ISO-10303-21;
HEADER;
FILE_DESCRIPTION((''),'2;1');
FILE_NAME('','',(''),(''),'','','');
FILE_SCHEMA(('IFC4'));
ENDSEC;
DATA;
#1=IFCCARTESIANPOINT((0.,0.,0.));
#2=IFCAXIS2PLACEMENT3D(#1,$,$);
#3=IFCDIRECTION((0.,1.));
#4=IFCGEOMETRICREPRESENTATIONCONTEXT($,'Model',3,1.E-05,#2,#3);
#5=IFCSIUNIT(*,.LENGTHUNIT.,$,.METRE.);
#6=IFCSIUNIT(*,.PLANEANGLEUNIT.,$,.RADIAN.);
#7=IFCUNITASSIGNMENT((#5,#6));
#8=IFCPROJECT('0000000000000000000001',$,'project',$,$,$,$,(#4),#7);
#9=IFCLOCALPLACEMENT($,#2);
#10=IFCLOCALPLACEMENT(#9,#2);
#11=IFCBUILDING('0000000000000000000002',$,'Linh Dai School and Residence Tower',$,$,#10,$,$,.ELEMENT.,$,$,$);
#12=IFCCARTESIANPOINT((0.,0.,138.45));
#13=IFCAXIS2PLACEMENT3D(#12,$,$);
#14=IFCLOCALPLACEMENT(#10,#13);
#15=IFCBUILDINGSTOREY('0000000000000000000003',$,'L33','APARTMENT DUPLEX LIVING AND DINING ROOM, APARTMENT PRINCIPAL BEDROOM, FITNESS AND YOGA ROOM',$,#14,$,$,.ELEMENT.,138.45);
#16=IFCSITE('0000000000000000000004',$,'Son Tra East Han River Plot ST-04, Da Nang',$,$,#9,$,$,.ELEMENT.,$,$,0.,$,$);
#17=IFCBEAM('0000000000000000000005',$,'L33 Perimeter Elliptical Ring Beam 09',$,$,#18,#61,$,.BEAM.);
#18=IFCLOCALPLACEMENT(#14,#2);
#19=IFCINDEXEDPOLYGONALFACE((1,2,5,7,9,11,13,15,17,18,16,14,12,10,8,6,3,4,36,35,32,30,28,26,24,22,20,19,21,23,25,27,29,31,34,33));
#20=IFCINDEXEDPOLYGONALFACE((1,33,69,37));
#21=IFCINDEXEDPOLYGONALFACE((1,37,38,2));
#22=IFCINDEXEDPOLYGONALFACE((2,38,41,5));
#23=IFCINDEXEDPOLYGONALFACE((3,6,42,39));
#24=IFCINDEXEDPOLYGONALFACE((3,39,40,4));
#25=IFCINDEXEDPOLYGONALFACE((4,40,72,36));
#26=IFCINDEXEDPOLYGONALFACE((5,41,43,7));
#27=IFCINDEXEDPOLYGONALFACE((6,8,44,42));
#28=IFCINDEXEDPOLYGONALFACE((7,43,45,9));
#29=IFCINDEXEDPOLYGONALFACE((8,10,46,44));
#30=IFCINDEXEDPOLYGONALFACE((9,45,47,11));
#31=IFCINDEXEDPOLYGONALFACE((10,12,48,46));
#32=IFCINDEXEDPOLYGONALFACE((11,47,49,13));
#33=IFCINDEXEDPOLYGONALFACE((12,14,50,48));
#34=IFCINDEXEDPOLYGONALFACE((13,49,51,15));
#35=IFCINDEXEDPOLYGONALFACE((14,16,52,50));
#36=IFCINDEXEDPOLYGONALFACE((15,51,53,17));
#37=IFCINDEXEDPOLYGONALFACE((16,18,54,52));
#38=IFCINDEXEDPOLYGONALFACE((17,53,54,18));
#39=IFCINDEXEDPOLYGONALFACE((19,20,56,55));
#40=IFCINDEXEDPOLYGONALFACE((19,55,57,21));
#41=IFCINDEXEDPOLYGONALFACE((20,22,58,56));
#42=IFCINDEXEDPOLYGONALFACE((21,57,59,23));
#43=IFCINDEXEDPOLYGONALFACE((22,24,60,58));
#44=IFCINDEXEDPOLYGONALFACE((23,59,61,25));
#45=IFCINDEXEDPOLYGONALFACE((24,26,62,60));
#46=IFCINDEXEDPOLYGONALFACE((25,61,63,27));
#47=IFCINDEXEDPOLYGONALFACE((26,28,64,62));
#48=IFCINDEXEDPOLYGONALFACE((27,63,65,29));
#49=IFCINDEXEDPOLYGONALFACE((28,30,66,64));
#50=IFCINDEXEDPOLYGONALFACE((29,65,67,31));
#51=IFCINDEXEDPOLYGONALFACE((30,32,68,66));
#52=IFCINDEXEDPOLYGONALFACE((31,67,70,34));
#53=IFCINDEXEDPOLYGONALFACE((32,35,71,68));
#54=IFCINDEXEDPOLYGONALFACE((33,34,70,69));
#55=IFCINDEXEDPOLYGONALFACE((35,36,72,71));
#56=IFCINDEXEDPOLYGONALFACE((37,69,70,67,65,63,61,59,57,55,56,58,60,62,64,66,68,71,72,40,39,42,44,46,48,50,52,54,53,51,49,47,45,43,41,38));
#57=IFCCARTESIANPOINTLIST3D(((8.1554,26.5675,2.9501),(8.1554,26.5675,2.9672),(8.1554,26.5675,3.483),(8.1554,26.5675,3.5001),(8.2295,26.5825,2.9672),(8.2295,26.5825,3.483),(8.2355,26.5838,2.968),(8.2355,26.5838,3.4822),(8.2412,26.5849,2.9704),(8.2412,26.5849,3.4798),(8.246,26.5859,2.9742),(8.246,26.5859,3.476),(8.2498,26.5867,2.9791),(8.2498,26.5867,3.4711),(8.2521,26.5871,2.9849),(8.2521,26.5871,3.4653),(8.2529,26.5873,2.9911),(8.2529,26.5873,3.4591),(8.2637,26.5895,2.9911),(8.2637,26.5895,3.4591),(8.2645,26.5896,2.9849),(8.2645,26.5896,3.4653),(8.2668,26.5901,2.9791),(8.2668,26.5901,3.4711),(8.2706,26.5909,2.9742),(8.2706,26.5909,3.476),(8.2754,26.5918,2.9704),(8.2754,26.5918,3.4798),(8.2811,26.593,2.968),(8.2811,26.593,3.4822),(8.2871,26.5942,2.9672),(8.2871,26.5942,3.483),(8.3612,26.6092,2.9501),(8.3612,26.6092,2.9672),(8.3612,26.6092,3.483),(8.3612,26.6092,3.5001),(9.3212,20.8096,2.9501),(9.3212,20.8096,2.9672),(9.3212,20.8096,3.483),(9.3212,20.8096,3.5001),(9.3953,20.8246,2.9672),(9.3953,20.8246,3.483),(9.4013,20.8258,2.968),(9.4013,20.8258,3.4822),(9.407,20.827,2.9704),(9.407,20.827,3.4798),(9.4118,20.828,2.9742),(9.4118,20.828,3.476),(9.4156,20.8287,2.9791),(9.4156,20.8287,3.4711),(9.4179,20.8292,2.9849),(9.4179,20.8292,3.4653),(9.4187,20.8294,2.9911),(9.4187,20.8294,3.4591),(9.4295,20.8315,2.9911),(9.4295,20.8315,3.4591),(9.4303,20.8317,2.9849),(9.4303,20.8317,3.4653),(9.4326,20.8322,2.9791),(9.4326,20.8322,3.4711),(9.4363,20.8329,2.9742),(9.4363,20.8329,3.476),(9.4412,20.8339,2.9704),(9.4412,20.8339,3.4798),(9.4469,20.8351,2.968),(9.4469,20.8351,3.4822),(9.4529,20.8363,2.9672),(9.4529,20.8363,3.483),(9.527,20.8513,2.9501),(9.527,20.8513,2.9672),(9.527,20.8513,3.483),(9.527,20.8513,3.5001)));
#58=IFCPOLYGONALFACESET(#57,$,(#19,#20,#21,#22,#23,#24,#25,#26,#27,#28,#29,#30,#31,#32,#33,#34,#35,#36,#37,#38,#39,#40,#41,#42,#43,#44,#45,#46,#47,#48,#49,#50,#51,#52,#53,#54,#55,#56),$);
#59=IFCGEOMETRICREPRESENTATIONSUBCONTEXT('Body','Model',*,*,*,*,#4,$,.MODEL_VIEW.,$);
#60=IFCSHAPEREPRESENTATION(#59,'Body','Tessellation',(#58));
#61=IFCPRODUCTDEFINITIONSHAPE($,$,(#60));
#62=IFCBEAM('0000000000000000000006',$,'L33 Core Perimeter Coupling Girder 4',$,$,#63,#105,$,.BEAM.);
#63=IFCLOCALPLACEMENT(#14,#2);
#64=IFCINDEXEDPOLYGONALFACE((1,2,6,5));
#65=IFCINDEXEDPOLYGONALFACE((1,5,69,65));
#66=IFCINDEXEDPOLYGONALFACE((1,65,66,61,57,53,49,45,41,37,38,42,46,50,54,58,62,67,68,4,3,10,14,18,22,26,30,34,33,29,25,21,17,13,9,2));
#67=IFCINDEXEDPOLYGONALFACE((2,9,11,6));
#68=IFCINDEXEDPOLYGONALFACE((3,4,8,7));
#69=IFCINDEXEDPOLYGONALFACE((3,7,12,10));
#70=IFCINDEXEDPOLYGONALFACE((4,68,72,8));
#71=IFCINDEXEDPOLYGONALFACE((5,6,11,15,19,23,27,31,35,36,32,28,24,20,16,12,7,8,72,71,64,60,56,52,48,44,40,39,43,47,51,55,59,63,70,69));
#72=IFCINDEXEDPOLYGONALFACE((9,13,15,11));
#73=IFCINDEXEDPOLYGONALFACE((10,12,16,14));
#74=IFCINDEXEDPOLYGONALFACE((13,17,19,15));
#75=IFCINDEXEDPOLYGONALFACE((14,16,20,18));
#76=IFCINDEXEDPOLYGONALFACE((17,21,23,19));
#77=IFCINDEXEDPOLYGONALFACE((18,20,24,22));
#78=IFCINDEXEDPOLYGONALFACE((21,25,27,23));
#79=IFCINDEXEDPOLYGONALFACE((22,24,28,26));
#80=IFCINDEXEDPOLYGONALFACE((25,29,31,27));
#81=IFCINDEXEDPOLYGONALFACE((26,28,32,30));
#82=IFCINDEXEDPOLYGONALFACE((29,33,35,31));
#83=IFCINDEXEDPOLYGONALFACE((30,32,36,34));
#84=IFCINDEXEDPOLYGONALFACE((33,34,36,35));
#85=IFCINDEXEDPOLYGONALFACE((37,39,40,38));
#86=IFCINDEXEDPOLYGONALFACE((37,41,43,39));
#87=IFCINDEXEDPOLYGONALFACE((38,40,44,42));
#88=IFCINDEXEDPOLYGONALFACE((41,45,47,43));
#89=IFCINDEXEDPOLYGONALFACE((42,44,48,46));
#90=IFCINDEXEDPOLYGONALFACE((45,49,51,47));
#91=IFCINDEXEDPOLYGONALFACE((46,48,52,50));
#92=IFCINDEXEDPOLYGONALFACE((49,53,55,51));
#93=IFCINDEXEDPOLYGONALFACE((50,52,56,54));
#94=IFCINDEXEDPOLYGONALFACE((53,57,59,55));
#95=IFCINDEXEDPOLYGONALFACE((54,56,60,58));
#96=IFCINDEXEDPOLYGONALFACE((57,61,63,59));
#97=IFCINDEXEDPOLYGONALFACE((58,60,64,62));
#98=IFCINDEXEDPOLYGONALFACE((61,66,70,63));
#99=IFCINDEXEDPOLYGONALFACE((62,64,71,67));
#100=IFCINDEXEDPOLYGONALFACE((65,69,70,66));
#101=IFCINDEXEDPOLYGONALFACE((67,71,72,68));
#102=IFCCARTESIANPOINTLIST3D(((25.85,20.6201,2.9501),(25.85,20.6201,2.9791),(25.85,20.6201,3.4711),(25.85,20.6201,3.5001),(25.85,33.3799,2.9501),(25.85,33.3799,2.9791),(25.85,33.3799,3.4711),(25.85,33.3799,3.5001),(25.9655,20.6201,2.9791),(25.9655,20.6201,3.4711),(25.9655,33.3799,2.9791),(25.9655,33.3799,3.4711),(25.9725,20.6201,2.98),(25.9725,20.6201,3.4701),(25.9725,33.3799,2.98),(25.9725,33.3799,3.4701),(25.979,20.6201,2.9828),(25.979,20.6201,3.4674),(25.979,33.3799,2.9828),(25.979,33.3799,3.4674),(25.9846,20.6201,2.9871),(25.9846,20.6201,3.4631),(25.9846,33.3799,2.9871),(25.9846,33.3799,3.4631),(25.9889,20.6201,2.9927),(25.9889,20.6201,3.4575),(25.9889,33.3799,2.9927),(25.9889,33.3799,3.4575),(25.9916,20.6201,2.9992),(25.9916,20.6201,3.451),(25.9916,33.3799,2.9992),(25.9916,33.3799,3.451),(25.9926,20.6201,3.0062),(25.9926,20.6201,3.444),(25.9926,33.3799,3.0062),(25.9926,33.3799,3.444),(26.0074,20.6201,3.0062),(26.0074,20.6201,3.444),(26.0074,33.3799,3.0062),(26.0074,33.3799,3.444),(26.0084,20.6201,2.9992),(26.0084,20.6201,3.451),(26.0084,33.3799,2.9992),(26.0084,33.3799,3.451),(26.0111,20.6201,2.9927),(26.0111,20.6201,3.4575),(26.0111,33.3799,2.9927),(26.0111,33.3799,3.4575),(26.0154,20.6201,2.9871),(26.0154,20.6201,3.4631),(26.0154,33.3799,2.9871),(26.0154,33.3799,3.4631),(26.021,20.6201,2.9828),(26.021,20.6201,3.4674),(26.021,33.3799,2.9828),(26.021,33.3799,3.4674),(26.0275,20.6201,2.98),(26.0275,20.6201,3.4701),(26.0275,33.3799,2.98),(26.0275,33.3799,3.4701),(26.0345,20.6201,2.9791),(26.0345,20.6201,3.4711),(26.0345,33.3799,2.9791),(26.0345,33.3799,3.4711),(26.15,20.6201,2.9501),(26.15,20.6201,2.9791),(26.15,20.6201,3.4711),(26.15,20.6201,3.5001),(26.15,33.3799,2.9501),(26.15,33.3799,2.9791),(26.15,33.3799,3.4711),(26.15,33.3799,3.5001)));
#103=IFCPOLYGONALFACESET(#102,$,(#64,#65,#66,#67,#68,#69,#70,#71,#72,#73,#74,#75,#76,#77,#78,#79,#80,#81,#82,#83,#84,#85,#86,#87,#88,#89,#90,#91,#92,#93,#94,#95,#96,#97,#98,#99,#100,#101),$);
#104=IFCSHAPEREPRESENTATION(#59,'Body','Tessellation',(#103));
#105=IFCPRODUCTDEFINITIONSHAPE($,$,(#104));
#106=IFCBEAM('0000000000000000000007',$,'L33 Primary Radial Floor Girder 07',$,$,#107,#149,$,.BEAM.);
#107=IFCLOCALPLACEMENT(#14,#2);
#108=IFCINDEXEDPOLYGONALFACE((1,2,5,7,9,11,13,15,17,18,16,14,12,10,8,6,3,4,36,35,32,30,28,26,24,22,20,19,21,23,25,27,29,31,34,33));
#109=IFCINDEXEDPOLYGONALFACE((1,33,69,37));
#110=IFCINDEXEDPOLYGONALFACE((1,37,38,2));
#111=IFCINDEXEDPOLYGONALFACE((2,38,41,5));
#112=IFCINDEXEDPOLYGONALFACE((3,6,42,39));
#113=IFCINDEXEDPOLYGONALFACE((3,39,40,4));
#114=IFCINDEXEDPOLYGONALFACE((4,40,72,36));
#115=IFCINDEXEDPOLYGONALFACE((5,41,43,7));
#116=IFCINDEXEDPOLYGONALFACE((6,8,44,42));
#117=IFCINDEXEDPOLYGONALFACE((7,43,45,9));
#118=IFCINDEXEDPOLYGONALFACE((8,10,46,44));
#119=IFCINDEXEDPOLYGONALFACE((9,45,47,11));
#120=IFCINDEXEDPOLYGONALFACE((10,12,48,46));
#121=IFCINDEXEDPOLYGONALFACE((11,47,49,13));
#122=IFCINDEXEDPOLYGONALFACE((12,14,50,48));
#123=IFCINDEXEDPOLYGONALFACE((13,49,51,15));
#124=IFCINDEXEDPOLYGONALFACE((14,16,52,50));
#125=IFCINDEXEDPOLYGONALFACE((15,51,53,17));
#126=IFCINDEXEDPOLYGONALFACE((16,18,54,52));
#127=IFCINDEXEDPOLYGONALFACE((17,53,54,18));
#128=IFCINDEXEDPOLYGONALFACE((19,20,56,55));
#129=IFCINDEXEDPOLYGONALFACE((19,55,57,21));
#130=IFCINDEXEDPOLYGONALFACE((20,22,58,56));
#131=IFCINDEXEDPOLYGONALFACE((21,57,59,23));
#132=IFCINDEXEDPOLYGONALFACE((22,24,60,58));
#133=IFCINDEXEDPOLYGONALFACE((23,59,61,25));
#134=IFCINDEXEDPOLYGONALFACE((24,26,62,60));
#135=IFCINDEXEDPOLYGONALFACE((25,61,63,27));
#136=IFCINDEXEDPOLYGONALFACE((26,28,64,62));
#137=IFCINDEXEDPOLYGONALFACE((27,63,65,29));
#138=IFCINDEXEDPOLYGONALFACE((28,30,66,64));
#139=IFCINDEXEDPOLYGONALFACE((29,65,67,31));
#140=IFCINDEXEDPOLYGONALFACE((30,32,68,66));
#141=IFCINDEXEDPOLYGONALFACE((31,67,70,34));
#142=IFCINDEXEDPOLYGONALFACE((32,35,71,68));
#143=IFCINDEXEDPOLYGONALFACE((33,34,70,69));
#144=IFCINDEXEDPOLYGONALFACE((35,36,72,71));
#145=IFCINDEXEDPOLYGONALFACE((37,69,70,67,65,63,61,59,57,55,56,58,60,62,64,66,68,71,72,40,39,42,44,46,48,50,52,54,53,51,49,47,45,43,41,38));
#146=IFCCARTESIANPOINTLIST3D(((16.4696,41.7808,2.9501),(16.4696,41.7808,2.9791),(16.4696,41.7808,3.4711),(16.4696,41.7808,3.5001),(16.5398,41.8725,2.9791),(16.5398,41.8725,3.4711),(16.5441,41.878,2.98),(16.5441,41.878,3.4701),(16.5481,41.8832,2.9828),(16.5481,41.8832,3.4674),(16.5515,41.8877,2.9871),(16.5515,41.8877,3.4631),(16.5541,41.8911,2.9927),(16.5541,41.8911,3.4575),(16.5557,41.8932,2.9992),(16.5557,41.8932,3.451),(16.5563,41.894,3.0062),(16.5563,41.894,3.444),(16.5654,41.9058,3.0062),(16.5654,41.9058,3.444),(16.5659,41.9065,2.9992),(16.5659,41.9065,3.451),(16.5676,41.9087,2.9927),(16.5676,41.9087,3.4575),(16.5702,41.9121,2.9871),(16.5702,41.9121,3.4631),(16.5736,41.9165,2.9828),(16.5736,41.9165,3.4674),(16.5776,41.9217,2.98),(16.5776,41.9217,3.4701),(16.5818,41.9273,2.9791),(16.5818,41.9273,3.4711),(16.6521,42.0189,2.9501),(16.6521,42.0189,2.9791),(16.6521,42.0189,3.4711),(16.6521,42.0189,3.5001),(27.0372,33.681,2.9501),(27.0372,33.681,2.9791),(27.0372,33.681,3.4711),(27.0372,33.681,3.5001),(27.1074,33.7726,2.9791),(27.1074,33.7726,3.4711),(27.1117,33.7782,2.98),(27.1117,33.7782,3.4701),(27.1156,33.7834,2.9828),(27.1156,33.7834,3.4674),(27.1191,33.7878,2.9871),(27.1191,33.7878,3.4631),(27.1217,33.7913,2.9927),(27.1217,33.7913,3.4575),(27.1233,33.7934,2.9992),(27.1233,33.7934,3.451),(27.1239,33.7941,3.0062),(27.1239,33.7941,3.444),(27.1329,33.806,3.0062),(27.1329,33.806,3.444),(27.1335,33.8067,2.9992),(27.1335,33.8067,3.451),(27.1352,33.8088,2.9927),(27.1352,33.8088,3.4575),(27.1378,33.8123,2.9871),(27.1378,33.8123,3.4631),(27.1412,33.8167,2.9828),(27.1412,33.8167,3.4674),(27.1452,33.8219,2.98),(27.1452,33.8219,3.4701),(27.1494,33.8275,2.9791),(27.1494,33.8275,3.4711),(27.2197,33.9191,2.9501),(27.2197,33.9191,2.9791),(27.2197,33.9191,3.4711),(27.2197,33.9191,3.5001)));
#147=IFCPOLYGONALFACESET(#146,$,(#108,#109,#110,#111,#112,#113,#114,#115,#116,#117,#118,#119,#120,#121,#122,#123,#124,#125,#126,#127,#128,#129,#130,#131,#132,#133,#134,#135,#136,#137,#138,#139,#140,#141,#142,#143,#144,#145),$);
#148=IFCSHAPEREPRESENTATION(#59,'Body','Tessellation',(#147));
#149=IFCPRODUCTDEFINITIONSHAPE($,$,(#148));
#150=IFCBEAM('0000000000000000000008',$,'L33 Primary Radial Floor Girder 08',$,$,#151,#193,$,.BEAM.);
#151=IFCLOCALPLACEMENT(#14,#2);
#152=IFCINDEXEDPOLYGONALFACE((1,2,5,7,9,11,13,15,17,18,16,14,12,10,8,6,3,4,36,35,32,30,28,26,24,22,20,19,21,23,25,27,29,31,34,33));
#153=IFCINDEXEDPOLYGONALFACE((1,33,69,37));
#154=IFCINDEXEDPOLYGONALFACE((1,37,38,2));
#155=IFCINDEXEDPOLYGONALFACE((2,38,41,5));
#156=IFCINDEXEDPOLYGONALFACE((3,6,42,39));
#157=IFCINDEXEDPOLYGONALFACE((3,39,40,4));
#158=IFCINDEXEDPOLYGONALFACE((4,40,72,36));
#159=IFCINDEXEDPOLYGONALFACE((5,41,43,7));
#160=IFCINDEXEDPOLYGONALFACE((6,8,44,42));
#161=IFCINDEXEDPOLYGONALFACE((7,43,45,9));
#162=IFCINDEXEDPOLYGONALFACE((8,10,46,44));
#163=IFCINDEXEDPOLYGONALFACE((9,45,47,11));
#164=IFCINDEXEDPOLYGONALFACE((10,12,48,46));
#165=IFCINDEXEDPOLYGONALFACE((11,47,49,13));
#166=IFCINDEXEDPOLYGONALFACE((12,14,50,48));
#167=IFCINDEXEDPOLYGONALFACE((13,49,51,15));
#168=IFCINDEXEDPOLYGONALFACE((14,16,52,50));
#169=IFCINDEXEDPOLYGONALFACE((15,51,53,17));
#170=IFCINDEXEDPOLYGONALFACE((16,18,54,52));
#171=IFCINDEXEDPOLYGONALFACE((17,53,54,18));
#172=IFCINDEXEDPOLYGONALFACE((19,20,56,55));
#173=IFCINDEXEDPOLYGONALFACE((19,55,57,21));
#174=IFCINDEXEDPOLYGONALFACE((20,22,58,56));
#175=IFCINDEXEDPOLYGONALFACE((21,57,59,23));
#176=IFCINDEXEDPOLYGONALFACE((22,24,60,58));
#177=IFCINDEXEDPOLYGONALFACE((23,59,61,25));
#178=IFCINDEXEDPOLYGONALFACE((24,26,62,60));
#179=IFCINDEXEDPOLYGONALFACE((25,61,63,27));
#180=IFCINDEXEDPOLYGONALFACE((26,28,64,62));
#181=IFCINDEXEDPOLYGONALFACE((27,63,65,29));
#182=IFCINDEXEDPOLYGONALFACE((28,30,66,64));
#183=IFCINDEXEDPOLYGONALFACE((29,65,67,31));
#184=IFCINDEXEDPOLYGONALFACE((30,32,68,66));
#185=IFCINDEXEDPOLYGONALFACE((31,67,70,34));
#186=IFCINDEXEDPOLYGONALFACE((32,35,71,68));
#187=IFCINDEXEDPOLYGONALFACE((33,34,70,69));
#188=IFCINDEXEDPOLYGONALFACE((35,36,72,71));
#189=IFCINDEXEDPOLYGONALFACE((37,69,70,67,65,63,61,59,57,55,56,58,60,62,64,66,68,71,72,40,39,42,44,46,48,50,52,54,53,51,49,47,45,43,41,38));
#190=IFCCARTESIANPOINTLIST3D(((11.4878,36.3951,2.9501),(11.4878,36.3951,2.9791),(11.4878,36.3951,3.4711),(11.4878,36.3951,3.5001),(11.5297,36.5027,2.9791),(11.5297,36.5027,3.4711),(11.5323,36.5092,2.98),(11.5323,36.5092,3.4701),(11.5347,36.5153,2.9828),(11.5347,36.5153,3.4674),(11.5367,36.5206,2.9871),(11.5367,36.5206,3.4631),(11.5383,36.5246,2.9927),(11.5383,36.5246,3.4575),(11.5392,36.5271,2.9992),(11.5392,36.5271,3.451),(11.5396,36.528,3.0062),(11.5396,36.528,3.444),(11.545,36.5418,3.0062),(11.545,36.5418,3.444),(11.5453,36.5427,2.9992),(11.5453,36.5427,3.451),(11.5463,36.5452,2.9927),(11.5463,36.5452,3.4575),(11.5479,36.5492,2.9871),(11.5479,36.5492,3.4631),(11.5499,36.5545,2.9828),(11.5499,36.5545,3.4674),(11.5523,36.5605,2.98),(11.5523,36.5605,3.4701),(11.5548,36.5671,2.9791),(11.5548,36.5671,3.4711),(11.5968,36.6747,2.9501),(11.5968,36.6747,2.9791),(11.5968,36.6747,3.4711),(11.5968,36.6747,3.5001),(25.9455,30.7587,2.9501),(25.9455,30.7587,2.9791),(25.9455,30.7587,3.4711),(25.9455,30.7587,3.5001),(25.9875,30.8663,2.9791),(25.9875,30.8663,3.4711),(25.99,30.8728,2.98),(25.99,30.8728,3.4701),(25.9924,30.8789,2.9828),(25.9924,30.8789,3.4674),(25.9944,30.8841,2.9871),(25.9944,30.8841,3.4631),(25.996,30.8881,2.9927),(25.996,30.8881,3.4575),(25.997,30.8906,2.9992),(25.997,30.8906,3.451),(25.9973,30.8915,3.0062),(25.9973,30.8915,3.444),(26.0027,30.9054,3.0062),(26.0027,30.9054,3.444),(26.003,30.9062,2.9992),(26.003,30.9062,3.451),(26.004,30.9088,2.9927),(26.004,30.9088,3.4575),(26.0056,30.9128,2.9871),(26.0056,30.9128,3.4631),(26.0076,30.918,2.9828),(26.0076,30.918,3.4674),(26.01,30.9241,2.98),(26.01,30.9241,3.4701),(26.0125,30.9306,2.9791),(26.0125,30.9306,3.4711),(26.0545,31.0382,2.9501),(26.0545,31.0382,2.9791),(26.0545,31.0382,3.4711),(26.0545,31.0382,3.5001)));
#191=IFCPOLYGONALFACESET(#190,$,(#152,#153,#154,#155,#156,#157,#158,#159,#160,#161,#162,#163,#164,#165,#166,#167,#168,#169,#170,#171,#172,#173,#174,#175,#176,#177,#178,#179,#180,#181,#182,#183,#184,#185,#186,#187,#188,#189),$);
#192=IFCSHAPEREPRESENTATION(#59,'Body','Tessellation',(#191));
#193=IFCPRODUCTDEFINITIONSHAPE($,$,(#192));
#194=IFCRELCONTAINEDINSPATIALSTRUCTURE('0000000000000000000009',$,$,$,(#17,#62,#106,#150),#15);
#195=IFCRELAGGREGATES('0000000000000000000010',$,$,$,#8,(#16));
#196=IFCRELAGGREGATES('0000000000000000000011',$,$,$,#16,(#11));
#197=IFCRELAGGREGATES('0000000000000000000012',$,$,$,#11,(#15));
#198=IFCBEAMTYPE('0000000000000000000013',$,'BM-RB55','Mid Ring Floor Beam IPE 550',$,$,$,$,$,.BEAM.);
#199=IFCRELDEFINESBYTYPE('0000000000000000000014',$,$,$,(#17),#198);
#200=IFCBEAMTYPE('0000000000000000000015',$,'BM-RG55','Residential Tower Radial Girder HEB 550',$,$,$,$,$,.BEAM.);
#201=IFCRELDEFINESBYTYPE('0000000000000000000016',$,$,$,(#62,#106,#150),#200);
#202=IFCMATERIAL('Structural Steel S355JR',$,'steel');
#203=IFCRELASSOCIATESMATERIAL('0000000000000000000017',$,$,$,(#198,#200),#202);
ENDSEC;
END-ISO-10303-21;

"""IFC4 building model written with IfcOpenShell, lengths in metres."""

from ifc_helpers import new_model, si_unit, direction, frame, origin, origin_2d, place, context, subcontext, project, spatial, i_section, extrude, material, material_profile, profile_set, type_object, element, save


model = new_model("IFC4")

# Units and contexts
model_context = context("Model", 3, precision=1e-05, world=origin(), true_north=direction((0.0, 1.0)))
body_context = subcontext(model_context, "Body", "Model", "MODEL_VIEW")
ifc_project = project(units=[si_unit("LENGTHUNIT", "METRE"), si_unit("PLANEANGLEUNIT", "RADIAN")], contexts=[model_context])

# Site, building, storey
site_placement = place(None, origin())
site = spatial("IfcSite", under=ifc_project, at=site_placement, Name="Son Tra East Han River Plot ST-04, Da Nang", CompositionType="ELEMENT", RefElevation=0.0)
building_placement = place(site_placement, origin())
building = spatial("IfcBuilding", under=site, at=building_placement, Name="Linh Dai School and Residence Tower", CompositionType="ELEMENT")
storey_placement = place(building_placement, frame((0.0, 0.0, 138.45)))
storey = spatial("IfcBuildingStorey", under=building, at=storey_placement, Name="L33", Description="APARTMENT DUPLEX LIVING AND DINING ROOM, APARTMENT PRINCIPAL BEDROOM, FITNESS AND YOGA ROOM", CompositionType="ELEMENT", Elevation=138.45)

# Shared definitions
ifc_material_1 = material(Name="Structural Steel S355JR", Category="steel")

# Beams
ifc_material_profile_1 = material_profile(ifc_material_1, i_section(OverallWidth=0.21, OverallDepth=0.55, WebThickness=0.011, FlangeThickness=0.0171, FilletRadius=0.0239, at=origin_2d()), Name="IPE 550")
ifc_profile_set_1 = profile_set([ifc_material_profile_1], Name="Structural Steel S355JR")
beam_type_1 = type_object("IfcBeamType", Name="BM-RB55", Description="Mid Ring Floor Beam IPE 550", PredefinedType="BEAM", material=ifc_profile_set_1)
beam_1_placement = place(storey_placement, frame((8.2583, 26.5884, 3.2251), z_axis=(0.198441, -0.980113, 0.0), x_axis=(0.980113, 0.198441, 0.0)))
element("IfcBeam", 1, at=beam_1_placement, inside=storey, type_object=beam_type_1, Name="L33 Perimeter Elliptical Ring Beam 09", PredefinedType="BEAM", context=body_context, shape_type="SweptSolid", body=[
    extrude(i_section(OverallWidth=0.21, OverallDepth=0.55, WebThickness=0.011, FlangeThickness=0.0171, FilletRadius=0.0239, at=origin_2d()), origin(), (0.0, 0.0, 1.0), 5.8748),
])
ifc_material_profile_2 = material_profile(ifc_material_1, i_section(OverallWidth=0.3, OverallDepth=0.55, WebThickness=0.0149, FlangeThickness=0.0291, FilletRadius=0.0271, at=origin_2d()), Name="HEB 550")
ifc_profile_set_2 = profile_set([ifc_material_profile_2], Name="Structural Steel S355JR")
beam_type_2 = type_object("IfcBeamType", Name="BM-RG55", Description="Residential Tower Radial Girder HEB 550", PredefinedType="BEAM", material=ifc_profile_set_2)
beam_2_placement = place(storey_placement, frame((26.0, 33.3799, 3.2251), z_axis=(0.0, -1.0, 0.0), x_axis=(1.0, 0.0, 0.0)))
element("IfcBeam", 2, at=beam_2_placement, inside=storey, type_object=beam_type_2, Name="L33 Core Perimeter Coupling Girder 4", PredefinedType="BEAM", context=body_context, shape_type="SweptSolid", body=[
    extrude(i_section(OverallWidth=0.3, OverallDepth=0.55, WebThickness=0.0149, FlangeThickness=0.0291, FilletRadius=0.0271, at=origin_2d()), origin(), (0.0, 0.0, 1.0), 12.7598),
])
beam_3_placement = place(storey_placement, frame((27.1284, 33.8, 3.2251), z_axis=(-0.793679, 0.608337, 0.0), x_axis=(-0.608337, -0.793679, 0.0)))
element("IfcBeam", 3, at=beam_3_placement, inside=storey, type_object=beam_type_2, Name="L33 Primary Radial Floor Girder 07", PredefinedType="BEAM", context=body_context, shape_type="SweptSolid", body=[
    extrude(i_section(OverallWidth=0.3, OverallDepth=0.55, WebThickness=0.0149, FlangeThickness=0.0291, FilletRadius=0.0271, at=origin_2d()), origin(), (0.0, 0.0, 1.0), 13.3147),
])
beam_4_placement = place(storey_placement, frame((26.0, 30.8984, 3.2251), z_axis=(-0.931699, 0.36323, 0.0), x_axis=(-0.36323, -0.931699, 0.0)))
element("IfcBeam", 4, at=beam_4_placement, inside=storey, type_object=beam_type_2, Name="L33 Primary Radial Floor Girder 08", PredefinedType="BEAM", context=body_context, shape_type="SweptSolid", body=[
    extrude(i_section(OverallWidth=0.3, OverallDepth=0.55, WebThickness=0.0149, FlangeThickness=0.0291, FilletRadius=0.0271, at=origin_2d()), origin(), (0.0, 0.0, 1.0), 15.5176),
])

save(model, "model.ifc")
